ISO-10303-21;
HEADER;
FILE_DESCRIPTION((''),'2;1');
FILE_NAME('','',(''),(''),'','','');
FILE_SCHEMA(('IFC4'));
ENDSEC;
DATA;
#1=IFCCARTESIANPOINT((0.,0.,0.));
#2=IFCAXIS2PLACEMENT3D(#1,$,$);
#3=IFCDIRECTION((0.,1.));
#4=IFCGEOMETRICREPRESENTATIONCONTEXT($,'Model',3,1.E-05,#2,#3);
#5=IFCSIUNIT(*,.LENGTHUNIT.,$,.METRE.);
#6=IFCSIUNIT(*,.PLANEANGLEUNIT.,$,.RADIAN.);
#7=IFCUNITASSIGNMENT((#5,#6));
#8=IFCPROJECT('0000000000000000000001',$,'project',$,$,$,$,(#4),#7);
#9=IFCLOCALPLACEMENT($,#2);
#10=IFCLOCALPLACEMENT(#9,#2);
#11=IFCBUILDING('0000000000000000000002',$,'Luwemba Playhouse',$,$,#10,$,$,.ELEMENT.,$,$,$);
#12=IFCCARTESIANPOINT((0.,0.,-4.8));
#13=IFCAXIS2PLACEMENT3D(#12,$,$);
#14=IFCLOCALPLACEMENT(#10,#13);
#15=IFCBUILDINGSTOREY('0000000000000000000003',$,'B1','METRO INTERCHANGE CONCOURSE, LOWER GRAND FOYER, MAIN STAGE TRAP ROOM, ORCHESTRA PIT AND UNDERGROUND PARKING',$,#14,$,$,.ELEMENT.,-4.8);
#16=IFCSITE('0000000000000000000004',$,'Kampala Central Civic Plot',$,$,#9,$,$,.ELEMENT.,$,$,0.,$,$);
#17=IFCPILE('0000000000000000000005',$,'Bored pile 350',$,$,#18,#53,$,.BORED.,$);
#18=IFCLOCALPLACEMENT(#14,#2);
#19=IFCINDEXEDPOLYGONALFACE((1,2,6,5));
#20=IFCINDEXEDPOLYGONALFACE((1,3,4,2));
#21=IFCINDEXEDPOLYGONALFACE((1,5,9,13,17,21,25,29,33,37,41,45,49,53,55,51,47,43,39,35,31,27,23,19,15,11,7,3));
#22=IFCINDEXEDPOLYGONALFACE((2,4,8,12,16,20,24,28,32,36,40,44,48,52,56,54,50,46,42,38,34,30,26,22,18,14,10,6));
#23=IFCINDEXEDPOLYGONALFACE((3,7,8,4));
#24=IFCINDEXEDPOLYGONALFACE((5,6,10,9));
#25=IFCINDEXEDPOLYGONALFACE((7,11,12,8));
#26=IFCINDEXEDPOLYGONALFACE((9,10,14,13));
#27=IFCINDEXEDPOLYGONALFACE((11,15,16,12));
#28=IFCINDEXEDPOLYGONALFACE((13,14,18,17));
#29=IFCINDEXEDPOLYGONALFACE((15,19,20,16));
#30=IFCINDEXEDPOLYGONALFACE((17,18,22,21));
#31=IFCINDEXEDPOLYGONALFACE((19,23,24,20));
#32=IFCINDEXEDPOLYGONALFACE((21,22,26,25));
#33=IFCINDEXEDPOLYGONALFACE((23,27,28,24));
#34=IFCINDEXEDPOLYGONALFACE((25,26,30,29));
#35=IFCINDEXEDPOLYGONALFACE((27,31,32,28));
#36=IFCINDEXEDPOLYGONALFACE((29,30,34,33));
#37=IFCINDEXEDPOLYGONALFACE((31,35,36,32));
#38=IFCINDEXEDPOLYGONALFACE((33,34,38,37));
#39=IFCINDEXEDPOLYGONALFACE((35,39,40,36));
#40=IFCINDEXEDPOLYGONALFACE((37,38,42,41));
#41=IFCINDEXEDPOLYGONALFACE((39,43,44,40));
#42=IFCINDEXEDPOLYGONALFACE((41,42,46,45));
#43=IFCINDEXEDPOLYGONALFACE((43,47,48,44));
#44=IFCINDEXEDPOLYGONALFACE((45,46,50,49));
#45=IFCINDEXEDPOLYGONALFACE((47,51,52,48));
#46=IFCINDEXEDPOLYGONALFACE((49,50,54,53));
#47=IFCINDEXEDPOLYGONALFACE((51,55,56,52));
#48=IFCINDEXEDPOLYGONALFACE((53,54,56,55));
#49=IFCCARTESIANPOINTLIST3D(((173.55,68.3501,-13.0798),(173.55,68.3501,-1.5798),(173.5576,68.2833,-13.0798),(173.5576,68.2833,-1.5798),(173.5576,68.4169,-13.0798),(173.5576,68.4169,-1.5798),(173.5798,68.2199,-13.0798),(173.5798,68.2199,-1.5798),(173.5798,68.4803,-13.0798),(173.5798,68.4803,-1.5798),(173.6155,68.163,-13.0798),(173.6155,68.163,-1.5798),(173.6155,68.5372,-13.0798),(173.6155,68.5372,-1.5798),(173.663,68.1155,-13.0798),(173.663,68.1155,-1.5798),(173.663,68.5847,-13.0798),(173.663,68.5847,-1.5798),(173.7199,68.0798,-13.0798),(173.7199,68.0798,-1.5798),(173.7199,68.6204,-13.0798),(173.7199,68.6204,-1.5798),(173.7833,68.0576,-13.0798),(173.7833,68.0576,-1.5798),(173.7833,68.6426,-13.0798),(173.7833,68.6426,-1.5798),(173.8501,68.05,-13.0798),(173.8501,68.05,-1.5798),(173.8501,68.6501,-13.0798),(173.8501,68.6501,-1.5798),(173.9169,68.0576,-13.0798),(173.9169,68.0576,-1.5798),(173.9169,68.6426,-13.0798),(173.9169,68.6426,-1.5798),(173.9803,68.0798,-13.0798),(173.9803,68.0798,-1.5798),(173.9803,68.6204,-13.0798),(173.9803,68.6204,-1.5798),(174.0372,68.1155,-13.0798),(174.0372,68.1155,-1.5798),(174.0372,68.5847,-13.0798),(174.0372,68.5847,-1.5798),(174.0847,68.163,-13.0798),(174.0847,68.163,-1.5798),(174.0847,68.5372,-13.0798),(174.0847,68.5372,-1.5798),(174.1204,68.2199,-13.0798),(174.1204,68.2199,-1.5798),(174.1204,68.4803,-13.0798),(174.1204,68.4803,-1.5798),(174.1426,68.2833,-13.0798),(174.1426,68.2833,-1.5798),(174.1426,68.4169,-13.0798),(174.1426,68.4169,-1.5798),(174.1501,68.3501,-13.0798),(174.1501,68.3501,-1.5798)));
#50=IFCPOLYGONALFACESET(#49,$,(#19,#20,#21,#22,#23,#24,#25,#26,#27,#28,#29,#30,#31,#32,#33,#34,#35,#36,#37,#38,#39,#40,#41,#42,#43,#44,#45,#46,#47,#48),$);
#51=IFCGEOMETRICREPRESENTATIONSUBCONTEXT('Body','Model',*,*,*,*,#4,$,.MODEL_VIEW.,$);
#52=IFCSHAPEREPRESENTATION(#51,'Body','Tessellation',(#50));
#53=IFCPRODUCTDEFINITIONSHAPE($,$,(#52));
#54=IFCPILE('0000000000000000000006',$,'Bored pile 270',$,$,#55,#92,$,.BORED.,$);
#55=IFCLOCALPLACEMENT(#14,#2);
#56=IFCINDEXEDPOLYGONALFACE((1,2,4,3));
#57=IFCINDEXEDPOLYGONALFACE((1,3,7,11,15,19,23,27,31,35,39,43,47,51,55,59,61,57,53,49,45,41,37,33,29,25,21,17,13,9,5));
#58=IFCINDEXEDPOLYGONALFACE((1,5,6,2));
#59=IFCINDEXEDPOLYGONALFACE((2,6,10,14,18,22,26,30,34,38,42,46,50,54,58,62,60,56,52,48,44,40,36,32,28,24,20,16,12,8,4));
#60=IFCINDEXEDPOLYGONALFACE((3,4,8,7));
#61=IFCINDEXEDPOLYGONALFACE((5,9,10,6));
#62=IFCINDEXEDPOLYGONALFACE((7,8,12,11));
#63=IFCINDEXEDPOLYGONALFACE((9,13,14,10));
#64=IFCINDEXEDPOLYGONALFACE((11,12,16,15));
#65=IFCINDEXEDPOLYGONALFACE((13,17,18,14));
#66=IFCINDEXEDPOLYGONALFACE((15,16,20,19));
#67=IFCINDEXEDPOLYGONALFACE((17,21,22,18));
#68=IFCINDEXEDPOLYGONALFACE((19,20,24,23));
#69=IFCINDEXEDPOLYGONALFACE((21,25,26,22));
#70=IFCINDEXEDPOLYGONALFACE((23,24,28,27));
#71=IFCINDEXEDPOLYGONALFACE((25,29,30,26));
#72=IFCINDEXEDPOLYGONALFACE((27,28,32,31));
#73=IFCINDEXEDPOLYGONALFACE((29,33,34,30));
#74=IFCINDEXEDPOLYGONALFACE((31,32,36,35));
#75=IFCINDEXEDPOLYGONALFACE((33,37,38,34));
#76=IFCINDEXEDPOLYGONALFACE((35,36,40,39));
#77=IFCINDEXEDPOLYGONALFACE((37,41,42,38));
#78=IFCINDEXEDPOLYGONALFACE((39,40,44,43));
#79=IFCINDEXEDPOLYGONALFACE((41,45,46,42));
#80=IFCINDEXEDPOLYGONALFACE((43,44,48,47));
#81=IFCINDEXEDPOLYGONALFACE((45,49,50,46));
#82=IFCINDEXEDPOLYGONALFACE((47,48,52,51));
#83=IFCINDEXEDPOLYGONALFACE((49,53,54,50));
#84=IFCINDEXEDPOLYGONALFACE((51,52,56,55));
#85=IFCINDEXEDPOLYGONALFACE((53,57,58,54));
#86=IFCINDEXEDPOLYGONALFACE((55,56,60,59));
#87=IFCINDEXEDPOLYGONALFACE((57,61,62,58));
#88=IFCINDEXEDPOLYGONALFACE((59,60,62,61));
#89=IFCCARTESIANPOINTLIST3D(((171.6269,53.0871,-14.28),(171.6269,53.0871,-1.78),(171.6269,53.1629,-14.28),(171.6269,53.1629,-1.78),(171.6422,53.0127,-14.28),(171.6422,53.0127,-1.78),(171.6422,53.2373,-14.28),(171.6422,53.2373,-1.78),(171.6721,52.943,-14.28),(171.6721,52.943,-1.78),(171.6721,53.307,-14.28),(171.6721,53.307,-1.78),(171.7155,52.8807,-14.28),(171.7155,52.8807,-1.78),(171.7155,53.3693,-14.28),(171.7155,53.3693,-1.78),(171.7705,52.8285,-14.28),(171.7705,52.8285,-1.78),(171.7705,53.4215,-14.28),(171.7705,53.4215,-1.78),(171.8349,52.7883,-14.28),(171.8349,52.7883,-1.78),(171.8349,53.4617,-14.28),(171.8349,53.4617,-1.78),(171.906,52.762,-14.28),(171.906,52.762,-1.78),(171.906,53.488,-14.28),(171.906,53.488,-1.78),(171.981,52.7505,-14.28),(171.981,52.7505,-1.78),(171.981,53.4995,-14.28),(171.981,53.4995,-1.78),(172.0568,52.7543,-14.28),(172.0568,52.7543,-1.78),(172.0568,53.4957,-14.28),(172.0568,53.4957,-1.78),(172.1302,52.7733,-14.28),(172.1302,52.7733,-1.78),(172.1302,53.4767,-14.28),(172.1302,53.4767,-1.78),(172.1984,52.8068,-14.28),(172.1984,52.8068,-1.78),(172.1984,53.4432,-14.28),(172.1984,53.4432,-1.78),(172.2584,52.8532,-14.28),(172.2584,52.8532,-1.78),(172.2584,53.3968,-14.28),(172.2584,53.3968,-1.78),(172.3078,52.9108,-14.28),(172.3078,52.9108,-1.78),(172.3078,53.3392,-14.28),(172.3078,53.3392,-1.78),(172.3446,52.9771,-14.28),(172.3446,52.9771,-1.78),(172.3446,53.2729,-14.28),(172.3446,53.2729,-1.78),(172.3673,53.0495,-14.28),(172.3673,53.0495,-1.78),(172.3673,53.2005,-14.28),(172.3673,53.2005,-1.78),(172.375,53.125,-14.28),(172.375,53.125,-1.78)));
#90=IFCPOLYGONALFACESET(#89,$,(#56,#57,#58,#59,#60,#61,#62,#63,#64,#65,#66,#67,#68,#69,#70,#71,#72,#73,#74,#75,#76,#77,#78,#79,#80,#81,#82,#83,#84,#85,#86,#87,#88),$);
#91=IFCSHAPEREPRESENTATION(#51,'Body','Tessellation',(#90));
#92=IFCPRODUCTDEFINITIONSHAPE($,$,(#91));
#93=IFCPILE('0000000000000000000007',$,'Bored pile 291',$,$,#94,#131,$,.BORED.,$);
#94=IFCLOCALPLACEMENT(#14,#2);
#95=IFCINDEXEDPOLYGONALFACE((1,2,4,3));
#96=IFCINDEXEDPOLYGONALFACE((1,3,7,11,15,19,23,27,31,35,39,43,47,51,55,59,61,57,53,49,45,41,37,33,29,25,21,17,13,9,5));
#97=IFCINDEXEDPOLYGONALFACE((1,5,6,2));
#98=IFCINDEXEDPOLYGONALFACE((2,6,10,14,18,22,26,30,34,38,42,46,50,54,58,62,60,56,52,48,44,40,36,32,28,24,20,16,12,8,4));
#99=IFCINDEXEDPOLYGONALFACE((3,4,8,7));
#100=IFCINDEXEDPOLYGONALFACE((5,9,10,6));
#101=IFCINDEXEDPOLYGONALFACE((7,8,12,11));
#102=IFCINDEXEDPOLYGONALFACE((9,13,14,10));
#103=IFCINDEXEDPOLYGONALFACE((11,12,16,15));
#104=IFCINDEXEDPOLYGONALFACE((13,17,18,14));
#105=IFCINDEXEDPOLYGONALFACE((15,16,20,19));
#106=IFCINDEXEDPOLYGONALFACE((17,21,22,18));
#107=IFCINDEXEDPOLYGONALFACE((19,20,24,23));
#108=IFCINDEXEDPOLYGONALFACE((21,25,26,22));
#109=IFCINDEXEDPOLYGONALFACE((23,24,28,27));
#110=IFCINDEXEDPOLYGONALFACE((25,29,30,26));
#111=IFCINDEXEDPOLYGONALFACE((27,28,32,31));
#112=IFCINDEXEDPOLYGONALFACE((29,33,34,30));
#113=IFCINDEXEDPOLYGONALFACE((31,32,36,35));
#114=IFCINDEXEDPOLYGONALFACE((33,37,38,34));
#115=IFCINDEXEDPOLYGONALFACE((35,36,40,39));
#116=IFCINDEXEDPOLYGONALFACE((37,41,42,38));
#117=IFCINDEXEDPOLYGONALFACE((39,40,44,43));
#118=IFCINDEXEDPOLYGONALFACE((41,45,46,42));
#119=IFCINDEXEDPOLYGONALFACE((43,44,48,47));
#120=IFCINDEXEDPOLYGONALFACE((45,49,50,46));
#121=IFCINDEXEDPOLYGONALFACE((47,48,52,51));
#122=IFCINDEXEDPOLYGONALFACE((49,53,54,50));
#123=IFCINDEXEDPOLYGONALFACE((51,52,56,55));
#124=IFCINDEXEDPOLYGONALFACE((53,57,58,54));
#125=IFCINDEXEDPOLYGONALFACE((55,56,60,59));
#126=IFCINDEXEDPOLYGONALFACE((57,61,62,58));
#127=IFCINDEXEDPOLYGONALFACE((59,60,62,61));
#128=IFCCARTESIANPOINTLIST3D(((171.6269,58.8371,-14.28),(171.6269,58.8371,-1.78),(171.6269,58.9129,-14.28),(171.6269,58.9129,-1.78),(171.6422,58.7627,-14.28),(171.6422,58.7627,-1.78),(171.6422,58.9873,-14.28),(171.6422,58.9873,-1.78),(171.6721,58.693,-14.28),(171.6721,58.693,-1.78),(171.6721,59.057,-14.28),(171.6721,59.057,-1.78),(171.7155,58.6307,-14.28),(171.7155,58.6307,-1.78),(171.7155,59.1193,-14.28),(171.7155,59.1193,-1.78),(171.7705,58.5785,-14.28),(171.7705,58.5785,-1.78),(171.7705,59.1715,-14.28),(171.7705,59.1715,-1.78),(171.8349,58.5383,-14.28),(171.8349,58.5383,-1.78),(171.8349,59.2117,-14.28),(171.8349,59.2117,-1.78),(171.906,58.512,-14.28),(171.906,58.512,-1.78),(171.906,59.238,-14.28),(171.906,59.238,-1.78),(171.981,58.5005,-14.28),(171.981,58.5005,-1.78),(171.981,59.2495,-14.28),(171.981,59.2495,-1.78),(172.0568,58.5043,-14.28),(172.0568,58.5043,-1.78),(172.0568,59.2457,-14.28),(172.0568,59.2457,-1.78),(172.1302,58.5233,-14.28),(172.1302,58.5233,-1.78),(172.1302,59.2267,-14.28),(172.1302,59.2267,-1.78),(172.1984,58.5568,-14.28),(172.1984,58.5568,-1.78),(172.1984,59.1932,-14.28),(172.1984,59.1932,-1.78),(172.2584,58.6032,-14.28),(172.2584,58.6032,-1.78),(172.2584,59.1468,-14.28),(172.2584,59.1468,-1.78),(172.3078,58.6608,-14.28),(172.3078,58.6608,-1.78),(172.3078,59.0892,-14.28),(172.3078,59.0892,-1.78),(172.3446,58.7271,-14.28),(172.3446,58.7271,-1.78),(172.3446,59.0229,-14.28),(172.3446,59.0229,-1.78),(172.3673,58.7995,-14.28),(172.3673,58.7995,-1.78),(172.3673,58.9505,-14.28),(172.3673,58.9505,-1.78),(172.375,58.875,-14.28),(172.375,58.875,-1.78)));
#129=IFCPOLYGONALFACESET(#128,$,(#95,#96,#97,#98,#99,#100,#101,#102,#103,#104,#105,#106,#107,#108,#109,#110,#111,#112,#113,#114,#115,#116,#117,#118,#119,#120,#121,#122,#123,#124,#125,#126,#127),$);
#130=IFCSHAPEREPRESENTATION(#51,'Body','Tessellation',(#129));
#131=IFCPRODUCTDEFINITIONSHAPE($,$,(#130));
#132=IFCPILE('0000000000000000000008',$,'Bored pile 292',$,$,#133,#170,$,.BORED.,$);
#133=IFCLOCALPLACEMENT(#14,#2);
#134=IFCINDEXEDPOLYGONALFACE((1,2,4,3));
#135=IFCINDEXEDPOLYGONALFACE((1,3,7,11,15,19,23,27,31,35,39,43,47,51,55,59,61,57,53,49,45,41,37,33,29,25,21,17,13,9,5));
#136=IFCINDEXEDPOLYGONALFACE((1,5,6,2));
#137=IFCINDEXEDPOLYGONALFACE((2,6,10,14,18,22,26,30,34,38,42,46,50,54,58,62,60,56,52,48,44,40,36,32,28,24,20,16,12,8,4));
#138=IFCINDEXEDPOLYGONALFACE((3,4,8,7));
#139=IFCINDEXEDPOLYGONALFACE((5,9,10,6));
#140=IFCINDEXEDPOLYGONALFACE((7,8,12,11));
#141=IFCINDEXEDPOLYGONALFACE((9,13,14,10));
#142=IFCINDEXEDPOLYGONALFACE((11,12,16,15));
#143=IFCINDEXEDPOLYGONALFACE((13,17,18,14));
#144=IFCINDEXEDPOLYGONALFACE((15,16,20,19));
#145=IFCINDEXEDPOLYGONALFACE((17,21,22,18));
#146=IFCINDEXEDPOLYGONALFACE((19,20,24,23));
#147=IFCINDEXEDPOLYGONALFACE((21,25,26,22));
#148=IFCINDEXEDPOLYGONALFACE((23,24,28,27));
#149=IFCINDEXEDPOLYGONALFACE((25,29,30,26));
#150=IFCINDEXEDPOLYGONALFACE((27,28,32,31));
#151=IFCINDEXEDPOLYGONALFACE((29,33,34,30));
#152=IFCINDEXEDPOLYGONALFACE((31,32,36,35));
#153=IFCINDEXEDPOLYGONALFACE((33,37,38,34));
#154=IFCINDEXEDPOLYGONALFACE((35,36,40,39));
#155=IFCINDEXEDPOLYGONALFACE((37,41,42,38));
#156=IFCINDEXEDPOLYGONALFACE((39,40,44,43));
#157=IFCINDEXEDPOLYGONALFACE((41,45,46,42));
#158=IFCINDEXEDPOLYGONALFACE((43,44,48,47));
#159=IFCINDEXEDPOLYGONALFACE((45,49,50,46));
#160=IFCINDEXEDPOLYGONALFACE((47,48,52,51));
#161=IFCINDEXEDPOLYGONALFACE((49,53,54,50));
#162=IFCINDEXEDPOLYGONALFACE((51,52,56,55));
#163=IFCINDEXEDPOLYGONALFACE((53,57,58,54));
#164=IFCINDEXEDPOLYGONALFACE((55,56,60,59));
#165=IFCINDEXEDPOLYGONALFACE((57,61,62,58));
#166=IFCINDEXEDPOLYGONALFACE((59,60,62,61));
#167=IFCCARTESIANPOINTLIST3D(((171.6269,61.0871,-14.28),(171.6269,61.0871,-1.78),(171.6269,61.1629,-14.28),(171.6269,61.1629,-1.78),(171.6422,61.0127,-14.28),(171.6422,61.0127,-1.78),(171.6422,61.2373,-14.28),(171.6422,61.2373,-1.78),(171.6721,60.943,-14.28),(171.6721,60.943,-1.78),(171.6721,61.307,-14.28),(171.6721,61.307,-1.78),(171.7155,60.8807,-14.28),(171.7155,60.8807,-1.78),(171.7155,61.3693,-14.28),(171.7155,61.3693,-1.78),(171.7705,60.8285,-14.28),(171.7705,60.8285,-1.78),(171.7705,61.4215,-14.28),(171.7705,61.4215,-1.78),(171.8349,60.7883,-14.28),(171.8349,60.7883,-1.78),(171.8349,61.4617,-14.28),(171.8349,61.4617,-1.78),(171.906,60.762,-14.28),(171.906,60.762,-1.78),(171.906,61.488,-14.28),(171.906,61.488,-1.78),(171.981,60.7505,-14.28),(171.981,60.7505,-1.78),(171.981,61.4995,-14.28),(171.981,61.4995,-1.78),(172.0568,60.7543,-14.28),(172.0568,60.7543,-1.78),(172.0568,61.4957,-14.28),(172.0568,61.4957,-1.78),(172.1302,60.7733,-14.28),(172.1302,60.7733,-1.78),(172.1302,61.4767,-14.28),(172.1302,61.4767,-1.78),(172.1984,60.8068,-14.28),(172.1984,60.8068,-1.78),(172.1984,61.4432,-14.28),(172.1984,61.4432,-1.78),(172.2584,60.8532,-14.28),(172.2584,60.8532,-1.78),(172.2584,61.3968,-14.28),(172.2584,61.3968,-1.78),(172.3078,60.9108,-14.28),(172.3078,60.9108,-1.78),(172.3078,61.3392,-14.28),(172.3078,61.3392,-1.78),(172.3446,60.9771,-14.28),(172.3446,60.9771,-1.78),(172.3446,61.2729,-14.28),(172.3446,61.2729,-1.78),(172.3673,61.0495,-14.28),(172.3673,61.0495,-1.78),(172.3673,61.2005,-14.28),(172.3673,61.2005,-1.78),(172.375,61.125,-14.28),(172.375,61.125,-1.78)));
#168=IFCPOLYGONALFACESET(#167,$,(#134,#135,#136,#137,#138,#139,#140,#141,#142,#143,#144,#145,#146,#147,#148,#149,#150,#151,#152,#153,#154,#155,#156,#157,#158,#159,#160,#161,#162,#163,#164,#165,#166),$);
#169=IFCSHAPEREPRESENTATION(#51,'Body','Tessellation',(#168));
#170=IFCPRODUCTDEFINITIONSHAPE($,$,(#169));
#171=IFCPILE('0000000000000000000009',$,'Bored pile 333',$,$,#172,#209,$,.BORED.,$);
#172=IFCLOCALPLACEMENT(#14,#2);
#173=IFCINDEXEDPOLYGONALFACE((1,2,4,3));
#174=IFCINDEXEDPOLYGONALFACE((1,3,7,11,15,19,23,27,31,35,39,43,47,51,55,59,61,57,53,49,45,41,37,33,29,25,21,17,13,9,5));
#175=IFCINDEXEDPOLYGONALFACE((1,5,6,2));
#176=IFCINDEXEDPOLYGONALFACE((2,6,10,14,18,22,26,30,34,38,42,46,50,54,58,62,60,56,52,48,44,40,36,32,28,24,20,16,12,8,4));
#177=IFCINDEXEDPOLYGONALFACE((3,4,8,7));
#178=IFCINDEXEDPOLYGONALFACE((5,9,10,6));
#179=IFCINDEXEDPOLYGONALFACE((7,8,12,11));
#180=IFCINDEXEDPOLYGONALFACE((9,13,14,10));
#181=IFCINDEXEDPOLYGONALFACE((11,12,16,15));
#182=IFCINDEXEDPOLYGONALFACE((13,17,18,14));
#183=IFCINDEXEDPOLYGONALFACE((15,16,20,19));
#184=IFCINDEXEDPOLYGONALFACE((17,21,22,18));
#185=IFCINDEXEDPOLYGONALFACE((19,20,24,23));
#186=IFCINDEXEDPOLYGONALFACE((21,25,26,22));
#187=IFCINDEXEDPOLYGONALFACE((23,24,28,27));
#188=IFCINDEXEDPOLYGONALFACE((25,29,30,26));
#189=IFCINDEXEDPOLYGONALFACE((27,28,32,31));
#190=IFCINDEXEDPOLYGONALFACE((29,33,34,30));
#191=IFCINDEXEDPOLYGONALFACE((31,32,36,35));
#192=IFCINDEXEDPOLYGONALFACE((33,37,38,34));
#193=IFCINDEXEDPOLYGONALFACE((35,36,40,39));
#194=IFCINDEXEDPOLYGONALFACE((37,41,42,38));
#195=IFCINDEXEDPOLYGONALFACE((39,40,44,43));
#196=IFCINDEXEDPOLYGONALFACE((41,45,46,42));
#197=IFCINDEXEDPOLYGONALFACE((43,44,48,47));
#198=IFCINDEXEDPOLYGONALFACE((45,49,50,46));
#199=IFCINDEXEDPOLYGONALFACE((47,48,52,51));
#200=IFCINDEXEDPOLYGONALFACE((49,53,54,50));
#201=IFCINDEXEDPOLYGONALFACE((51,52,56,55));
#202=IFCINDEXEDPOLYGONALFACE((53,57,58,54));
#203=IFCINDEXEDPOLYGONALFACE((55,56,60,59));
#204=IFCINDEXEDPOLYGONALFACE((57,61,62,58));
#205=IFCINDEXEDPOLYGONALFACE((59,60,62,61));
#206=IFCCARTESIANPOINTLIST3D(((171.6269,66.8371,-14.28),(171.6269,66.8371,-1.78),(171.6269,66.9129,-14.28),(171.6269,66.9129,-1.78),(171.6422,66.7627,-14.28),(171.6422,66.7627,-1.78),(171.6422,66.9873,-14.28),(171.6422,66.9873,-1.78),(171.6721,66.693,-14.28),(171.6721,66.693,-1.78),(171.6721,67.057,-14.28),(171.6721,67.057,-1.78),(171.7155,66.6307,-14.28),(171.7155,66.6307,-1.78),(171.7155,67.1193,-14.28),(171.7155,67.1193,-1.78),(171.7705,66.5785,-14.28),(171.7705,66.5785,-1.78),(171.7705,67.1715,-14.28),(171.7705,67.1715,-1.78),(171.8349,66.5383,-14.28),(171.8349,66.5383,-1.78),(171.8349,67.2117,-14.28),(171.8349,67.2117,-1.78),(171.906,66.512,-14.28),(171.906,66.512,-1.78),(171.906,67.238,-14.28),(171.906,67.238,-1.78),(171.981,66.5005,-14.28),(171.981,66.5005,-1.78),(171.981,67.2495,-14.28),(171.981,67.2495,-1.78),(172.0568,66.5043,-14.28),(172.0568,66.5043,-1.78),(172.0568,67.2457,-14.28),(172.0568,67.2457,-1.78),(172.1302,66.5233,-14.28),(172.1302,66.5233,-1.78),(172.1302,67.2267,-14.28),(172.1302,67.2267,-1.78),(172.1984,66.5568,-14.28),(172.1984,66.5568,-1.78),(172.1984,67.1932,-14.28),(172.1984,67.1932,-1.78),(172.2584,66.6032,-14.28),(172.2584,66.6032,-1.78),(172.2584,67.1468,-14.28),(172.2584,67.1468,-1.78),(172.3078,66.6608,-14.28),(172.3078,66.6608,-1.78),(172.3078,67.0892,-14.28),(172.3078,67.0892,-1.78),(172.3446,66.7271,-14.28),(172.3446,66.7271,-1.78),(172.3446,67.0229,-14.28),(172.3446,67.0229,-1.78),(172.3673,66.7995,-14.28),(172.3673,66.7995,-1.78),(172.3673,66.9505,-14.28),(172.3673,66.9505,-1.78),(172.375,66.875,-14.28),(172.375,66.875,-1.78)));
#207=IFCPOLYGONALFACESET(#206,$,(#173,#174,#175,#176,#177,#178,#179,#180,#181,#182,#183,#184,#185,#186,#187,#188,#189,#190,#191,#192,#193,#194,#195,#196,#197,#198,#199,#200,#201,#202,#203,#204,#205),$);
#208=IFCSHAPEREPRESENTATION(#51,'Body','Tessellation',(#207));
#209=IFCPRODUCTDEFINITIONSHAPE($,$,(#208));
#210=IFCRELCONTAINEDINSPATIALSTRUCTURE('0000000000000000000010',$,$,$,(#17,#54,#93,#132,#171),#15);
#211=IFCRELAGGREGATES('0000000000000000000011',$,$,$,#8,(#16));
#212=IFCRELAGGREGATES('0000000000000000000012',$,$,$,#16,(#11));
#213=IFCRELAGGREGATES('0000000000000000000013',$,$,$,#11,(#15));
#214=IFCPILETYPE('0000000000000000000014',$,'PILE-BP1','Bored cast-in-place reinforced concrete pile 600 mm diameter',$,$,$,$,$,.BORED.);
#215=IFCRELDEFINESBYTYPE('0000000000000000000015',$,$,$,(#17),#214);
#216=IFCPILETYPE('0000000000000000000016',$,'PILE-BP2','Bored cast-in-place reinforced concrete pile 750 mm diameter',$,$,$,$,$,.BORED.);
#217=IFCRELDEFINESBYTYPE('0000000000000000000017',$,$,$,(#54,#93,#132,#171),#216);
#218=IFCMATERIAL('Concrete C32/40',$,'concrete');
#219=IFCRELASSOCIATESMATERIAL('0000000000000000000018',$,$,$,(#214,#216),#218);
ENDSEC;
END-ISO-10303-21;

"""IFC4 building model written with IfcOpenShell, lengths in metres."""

from ifc_helpers import new_model, si_unit, direction, frame, origin, origin_2d, place, context, subcontext, project, spatial, circle, extrude, material, material_profile, profile_set, type_object, element, save


model = new_model("IFC4")

# Units and contexts
model_context = context("Model", 3, precision=1e-05, world=origin(), true_north=direction((0.0, 1.0)))
body_context = subcontext(model_context, "Body", "Model", "MODEL_VIEW")
ifc_project = project(units=[si_unit("LENGTHUNIT", "METRE"), si_unit("PLANEANGLEUNIT", "RADIAN")], contexts=[model_context])

# Site, building, storey
site_placement = place(None, origin())
site = spatial("IfcSite", under=ifc_project, at=site_placement, Name="Kampala Central Civic Plot", CompositionType="ELEMENT", RefElevation=0.0)
building_placement = place(site_placement, origin())
building = spatial("IfcBuilding", under=site, at=building_placement, Name="Luwemba Playhouse", CompositionType="ELEMENT")
storey_placement = place(building_placement, frame((0.0, 0.0, -4.8)))
storey = spatial("IfcBuildingStorey", under=building, at=storey_placement, Name="B1", Description="METRO INTERCHANGE CONCOURSE, LOWER GRAND FOYER, MAIN STAGE TRAP ROOM, ORCHESTRA PIT AND UNDERGROUND PARKING", CompositionType="ELEMENT", Elevation=-4.8)

# Shared definitions
ifc_material_1 = material(Name="Concrete C32/40", Category="concrete")

# Piles
ifc_material_profile_1 = material_profile(ifc_material_1, circle(Radius=0.3, at=origin_2d()))
ifc_profile_set_1 = profile_set([ifc_material_profile_1], Name="Concrete C32/40")
pile_type_1 = type_object("IfcPileType", Name="PILE-BP1", Description="Bored cast-in-place reinforced concrete pile 600 mm diameter", PredefinedType="BORED", material=ifc_profile_set_1)
for number, where, z_axis, x_axis, name in (
    (1, (173.8501, 68.3501, -1.5798), (0.0, 0.0, -1.0), (1.0, 0.0, 0.0), "Bored pile 350"),
):
    element("IfcPile", number, at=place(storey_placement, frame(where, z_axis=z_axis, x_axis=x_axis)), inside=storey, type_object=pile_type_1, Name=name, PredefinedType="BORED", context=body_context, shape_type="SweptSolid", body=[
        extrude(circle(Radius=0.3, at=origin_2d()), origin(), (0.0, 0.0, 1.0), 11.5),
    ])
ifc_material_profile_2 = material_profile(ifc_material_1, circle(Radius=0.375, at=origin_2d()))
ifc_profile_set_2 = profile_set([ifc_material_profile_2], Name="Concrete C32/40")
pile_type_2 = type_object("IfcPileType", Name="PILE-BP2", Description="Bored cast-in-place reinforced concrete pile 750 mm diameter", PredefinedType="BORED", material=ifc_profile_set_2)
for number, where, z_axis, x_axis, name in (
    (2, (172.0, 53.125, -1.78), (0.0, 0.0, -1.0), (1.0, 0.0, 0.0), "Bored pile 270"),
    (3, (172.0, 58.875, -1.78), (0.0, 0.0, -1.0), (1.0, 0.0, 0.0), "Bored pile 291"),
    (4, (172.0, 61.125, -1.78), (0.0, 0.0, -1.0), (1.0, 0.0, 0.0), "Bored pile 292"),
    (5, (172.0, 66.875, -1.78), (0.0, 0.0, -1.0), (1.0, 0.0, 0.0), "Bored pile 333"),
):
    element("IfcPile", number, at=place(storey_placement, frame(where, z_axis=z_axis, x_axis=x_axis)), inside=storey, type_object=pile_type_2, Name=name, PredefinedType="BORED", context=body_context, shape_type="SweptSolid", body=[
        extrude(circle(Radius=0.375, at=origin_2d()), origin(), (0.0, 0.0, 1.0), 12.5),
    ])

save(model, "model.ifc")
